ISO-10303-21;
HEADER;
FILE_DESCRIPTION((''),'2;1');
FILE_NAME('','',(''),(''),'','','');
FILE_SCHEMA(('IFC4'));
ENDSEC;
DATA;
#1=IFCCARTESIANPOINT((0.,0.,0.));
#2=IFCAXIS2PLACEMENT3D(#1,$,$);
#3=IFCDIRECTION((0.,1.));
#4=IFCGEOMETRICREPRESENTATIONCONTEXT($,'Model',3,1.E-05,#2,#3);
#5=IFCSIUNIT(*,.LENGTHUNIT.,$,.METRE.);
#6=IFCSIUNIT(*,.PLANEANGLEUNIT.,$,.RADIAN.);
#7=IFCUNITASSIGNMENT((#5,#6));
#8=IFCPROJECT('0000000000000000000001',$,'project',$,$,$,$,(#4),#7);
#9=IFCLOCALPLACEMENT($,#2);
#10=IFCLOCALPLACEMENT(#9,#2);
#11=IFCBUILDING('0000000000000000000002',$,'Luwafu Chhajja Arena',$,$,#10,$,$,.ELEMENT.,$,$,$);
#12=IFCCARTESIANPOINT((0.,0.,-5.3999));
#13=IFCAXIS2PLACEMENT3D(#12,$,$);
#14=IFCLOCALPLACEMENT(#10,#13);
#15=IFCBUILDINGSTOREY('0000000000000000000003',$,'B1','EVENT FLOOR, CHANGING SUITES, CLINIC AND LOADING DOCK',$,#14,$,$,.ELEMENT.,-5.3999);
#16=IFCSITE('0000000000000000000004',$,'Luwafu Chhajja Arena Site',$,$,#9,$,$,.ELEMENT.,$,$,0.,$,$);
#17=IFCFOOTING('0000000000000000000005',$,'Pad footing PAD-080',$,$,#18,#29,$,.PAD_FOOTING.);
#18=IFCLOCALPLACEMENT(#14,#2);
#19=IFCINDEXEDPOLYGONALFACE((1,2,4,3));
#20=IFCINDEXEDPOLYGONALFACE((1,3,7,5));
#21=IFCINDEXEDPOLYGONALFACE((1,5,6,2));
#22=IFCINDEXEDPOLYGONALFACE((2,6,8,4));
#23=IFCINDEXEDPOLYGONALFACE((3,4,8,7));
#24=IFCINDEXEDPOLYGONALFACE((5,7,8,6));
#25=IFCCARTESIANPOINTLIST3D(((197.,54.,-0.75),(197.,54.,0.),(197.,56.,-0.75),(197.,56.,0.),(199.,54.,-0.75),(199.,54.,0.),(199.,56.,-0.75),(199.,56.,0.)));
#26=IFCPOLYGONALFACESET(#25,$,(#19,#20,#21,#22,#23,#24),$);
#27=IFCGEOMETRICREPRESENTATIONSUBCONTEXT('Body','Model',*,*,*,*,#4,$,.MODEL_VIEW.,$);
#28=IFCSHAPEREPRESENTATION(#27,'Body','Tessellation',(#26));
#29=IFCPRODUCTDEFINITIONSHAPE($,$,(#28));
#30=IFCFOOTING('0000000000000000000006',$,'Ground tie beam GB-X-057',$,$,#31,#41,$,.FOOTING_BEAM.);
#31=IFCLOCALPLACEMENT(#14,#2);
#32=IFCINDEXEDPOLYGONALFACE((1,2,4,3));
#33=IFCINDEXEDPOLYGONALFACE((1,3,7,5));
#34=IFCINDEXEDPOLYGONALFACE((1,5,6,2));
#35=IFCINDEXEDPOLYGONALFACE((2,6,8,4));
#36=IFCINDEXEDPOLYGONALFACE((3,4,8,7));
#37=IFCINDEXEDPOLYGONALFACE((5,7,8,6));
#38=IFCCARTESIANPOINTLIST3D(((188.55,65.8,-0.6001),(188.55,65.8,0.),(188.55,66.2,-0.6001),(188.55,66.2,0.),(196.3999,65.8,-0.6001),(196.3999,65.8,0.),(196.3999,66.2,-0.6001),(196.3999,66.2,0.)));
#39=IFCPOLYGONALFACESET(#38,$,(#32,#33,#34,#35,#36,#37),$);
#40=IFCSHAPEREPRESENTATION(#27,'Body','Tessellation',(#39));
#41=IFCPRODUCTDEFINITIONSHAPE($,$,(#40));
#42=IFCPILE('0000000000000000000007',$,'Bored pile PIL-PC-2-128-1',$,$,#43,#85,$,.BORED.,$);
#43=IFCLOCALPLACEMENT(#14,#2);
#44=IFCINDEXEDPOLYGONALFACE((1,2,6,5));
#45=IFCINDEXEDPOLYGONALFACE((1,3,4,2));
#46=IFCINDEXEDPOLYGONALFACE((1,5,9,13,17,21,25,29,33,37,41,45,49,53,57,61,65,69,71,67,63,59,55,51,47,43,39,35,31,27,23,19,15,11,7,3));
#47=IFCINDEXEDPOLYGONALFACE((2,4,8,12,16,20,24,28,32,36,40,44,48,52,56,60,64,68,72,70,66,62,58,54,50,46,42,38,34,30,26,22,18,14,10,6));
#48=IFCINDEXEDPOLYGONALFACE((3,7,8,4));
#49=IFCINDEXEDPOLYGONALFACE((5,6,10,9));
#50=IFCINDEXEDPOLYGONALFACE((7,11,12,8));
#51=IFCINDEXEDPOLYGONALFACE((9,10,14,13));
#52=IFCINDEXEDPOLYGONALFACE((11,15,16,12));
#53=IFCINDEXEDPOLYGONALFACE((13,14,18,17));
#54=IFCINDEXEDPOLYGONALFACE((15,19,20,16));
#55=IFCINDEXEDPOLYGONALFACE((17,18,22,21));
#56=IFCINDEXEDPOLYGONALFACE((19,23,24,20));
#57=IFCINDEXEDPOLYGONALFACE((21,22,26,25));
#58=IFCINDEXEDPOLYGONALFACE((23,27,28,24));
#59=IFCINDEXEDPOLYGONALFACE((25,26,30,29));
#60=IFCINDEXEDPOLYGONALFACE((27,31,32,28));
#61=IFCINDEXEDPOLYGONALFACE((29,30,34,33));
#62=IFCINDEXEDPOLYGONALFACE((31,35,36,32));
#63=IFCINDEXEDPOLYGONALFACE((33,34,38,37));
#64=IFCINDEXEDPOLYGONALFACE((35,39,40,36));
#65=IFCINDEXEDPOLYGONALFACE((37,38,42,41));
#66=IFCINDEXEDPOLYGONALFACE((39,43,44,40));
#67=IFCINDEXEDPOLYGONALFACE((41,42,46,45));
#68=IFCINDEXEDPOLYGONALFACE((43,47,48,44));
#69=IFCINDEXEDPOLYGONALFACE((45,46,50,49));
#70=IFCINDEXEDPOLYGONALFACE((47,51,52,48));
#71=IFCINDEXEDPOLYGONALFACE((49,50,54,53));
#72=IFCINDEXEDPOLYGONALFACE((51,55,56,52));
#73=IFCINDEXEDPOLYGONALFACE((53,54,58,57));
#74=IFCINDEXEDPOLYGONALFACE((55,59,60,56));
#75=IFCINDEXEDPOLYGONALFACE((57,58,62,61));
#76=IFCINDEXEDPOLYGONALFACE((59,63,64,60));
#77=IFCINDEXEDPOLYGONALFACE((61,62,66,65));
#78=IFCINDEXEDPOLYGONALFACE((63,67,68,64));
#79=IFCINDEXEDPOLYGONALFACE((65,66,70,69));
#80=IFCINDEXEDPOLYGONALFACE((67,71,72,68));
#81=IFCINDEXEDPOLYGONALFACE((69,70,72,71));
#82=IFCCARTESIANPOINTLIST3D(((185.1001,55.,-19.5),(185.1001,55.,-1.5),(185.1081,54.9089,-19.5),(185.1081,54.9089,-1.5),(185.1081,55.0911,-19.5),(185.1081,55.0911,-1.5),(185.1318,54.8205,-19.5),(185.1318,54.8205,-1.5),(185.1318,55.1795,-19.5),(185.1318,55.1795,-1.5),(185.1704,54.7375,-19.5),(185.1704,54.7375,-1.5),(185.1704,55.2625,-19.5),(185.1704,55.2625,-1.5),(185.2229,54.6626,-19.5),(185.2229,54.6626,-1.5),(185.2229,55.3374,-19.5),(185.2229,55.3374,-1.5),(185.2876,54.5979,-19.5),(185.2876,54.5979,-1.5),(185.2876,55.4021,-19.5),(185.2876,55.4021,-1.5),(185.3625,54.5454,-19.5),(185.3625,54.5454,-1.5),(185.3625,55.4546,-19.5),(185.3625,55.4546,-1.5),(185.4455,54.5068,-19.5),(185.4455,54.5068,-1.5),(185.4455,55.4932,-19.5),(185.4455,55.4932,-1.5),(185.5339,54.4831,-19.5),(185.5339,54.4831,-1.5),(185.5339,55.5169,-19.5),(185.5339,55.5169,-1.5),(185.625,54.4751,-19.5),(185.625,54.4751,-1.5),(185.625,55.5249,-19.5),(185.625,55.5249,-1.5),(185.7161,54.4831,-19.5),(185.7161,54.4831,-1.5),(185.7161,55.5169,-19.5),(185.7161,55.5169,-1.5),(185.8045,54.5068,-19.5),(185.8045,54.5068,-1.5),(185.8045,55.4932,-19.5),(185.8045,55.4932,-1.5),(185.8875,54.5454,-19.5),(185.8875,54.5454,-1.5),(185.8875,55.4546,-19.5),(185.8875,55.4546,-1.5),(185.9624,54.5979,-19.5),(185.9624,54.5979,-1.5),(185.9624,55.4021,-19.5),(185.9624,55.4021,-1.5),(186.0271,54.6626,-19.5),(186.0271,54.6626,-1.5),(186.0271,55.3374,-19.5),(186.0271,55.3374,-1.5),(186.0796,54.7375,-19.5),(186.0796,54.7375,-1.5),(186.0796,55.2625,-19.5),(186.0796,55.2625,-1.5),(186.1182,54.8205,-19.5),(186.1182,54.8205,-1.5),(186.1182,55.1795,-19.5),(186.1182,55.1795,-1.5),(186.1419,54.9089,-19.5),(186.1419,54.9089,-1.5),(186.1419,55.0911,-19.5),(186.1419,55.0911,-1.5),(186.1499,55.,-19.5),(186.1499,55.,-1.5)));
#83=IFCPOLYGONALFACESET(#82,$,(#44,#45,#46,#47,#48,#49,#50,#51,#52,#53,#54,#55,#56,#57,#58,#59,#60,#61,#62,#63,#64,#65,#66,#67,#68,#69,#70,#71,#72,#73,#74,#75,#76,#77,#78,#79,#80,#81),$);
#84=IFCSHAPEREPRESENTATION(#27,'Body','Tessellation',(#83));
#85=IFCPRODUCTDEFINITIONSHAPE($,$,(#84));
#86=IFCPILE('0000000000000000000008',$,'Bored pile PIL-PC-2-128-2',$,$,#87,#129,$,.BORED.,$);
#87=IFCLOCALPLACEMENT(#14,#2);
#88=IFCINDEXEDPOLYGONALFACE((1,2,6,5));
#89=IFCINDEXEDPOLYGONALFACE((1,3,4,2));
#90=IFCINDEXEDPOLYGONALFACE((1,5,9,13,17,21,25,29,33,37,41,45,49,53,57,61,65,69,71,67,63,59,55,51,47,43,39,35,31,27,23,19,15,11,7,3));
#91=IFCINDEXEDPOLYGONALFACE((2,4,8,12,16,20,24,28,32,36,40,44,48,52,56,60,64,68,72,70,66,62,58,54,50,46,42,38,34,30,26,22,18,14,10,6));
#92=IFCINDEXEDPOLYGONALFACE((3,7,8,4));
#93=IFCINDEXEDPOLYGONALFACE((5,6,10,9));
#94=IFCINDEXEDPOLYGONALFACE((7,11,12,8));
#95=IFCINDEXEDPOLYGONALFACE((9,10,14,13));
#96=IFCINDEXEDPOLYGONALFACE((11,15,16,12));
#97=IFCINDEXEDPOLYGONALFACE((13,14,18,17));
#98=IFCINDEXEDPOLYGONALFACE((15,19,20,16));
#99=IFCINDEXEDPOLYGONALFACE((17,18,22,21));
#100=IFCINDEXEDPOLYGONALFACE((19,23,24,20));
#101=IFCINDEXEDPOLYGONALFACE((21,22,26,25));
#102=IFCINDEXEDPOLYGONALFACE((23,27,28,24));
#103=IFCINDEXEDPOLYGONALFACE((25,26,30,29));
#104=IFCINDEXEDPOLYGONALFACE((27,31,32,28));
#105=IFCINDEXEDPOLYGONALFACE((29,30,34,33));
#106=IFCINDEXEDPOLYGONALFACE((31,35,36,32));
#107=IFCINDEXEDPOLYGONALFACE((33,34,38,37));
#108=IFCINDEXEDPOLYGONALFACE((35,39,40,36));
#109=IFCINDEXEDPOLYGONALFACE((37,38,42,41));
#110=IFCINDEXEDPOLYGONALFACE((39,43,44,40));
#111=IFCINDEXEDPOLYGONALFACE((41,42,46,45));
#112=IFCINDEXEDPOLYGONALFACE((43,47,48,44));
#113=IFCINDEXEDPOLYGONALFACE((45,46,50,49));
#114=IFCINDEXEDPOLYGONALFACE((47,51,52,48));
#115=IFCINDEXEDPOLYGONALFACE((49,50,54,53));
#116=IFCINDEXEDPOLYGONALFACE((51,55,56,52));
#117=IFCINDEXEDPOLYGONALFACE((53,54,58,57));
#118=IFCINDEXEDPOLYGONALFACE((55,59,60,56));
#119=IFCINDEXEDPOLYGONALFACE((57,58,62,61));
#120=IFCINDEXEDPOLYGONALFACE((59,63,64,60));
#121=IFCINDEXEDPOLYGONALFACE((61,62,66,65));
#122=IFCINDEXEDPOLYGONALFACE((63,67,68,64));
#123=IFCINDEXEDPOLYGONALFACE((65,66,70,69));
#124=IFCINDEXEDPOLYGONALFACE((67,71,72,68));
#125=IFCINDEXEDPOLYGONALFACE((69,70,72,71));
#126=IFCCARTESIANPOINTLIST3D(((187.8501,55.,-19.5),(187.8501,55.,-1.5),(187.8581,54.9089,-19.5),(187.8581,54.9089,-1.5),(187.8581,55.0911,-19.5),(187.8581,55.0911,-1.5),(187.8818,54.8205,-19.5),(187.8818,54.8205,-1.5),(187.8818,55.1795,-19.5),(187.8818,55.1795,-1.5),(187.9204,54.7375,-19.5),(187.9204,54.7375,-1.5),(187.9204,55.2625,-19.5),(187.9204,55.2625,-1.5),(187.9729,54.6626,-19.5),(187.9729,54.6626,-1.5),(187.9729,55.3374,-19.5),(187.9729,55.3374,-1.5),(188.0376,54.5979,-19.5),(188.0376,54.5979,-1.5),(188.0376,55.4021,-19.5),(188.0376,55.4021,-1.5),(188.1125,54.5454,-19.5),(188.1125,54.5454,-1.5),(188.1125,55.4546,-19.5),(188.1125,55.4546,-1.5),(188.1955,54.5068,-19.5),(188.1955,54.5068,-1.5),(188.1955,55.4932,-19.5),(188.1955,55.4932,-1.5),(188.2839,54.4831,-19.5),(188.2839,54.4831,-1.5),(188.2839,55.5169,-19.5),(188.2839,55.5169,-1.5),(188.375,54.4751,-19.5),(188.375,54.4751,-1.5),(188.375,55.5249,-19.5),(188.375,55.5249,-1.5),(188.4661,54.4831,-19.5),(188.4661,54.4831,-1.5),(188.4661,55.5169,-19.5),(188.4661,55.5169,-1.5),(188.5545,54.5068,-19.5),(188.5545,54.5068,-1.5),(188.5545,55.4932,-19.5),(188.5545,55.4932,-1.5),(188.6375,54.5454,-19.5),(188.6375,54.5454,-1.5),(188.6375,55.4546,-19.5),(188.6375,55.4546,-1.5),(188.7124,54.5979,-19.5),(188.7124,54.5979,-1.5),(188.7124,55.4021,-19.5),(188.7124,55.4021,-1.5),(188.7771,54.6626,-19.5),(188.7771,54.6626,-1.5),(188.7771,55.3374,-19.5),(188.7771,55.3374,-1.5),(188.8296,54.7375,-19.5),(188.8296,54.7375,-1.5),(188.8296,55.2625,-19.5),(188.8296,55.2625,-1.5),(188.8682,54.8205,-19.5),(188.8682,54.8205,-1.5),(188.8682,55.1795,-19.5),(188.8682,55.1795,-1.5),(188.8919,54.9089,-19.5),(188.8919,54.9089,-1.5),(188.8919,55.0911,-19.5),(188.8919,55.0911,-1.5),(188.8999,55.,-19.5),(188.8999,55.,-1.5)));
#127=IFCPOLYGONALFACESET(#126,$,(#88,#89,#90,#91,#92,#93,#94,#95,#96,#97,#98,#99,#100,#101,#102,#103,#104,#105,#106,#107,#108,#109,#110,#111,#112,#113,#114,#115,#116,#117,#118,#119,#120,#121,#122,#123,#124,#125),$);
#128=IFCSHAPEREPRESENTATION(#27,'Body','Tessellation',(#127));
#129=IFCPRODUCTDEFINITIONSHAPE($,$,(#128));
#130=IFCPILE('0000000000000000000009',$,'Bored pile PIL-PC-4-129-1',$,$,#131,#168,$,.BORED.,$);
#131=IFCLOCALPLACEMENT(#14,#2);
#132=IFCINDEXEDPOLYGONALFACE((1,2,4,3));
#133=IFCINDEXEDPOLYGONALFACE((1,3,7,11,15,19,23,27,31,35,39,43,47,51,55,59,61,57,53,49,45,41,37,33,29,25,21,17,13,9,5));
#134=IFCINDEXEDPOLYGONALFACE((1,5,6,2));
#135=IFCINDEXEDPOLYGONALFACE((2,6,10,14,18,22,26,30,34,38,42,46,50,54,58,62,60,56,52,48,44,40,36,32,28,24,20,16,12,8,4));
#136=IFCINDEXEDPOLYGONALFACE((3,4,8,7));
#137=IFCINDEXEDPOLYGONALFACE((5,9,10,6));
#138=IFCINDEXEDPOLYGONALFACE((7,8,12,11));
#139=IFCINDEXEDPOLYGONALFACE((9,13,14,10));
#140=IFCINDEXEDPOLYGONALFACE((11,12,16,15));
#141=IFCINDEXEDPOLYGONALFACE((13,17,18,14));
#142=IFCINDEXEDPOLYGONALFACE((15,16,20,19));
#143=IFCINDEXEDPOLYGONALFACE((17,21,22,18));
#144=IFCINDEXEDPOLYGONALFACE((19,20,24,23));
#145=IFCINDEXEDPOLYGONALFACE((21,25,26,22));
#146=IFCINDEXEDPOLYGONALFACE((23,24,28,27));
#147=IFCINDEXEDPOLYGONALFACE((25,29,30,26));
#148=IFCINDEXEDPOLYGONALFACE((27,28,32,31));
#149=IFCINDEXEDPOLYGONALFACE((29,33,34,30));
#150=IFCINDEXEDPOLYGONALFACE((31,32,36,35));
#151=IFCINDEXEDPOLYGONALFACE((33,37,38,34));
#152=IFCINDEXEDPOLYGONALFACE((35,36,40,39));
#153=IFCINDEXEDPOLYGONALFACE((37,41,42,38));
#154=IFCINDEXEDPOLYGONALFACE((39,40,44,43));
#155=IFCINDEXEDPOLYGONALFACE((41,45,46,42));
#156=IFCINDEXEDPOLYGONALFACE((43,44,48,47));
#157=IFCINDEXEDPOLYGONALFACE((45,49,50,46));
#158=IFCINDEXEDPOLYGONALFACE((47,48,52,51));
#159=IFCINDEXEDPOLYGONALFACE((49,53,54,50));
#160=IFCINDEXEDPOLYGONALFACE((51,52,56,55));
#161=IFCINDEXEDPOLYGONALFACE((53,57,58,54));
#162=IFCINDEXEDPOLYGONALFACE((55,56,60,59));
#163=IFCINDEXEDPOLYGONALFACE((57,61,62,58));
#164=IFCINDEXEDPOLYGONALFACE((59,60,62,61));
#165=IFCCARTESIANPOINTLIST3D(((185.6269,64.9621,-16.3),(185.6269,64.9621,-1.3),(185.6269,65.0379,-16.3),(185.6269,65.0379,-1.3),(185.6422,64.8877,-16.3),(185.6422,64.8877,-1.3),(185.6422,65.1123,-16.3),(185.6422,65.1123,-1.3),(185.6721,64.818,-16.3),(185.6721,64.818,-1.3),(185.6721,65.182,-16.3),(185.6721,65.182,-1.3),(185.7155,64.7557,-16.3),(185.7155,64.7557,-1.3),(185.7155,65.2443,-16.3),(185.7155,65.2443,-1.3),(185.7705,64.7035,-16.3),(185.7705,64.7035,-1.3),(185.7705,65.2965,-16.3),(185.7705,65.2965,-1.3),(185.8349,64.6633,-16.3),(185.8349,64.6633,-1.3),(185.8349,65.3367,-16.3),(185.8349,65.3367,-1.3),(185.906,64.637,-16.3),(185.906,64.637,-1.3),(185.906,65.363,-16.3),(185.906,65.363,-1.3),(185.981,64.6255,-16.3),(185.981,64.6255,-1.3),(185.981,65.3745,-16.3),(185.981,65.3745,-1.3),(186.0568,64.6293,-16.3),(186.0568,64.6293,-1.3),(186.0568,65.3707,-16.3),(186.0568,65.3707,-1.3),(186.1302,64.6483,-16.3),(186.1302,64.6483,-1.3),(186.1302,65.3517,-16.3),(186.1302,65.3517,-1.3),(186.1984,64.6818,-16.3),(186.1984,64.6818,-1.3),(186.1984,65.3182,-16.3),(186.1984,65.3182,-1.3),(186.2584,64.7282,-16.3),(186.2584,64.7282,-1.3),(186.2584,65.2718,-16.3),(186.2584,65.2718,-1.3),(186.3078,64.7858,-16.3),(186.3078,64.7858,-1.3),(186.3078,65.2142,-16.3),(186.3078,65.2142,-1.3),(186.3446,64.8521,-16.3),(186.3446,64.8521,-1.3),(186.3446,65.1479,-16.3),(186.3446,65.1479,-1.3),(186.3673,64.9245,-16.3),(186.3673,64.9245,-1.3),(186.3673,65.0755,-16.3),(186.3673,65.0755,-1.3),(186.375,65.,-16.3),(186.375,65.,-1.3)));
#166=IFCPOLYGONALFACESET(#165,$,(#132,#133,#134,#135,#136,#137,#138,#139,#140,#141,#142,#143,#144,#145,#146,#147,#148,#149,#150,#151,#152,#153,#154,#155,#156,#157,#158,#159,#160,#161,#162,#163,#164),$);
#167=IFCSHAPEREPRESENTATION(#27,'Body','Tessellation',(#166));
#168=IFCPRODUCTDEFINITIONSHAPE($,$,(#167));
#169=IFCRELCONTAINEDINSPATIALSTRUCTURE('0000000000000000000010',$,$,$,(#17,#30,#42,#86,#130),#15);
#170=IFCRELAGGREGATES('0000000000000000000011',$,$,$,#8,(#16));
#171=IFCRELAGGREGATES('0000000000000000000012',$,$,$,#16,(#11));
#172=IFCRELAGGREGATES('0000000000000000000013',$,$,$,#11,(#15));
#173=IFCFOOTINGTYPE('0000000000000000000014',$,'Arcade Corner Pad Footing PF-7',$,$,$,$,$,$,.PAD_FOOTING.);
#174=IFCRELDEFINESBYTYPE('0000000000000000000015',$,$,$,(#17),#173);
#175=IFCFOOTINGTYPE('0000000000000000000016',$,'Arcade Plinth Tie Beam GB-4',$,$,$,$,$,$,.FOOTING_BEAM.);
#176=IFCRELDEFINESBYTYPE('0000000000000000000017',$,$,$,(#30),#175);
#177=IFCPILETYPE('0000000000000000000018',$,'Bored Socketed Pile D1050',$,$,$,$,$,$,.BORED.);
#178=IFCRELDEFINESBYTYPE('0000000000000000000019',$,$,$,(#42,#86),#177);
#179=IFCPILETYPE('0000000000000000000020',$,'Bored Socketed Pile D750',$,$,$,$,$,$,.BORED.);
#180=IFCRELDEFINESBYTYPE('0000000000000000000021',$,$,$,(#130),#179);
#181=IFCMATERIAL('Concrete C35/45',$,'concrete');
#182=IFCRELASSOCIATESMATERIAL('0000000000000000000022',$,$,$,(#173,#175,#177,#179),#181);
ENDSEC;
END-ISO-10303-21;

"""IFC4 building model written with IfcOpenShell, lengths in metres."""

from ifc_helpers import new_model, si_unit, direction, frame, origin, origin_2d, place, context, subcontext, project, spatial, rectangle, circle, extrude, material, material_profile, profile_set, type_object, element, save


model = new_model("IFC4")

# Units and contexts
model_context = context("Model", 3, precision=1e-05, world=origin(), true_north=direction((0.0, 1.0)))
body_context = subcontext(model_context, "Body", "Model", "MODEL_VIEW")
ifc_project = project(units=[si_unit("LENGTHUNIT", "METRE"), si_unit("PLANEANGLEUNIT", "RADIAN")], contexts=[model_context])

# Site, building, storey
site_placement = place(None, origin())
site = spatial("IfcSite", under=ifc_project, at=site_placement, Name="Luwafu Chhajja Arena Site", CompositionType="ELEMENT", RefElevation=0.0)
building_placement = place(site_placement, origin())
building = spatial("IfcBuilding", under=site, at=building_placement, Name="Luwafu Chhajja Arena", CompositionType="ELEMENT")
storey_placement = place(building_placement, frame((0.0, 0.0, -5.3999)))
storey = spatial("IfcBuildingStorey", under=building, at=storey_placement, Name="B1", Description="EVENT FLOOR, CHANGING SUITES, CLINIC AND LOADING DOCK", CompositionType="ELEMENT", Elevation=-5.3999)

# Footings
ifc_material_1 = material(Name="Concrete C35/45", Category="concrete")
footing_type_1 = type_object("IfcFootingType", Name="Arcade Corner Pad Footing PF-7", PredefinedType="PAD_FOOTING", material=ifc_material_1)
footing_1_placement = place(storey_placement, frame((198.0, 55.0, -0.75), z_axis=(0.0, 0.0, 1.0), x_axis=(1.0, 0.0, 0.0)))
element("IfcFooting", 1, at=footing_1_placement, inside=storey, type_object=footing_type_1, Name="Pad footing PAD-080", PredefinedType="PAD_FOOTING", context=body_context, shape_type="SweptSolid", body=[
    extrude(rectangle(XDim=2.0, YDim=2.0, at=origin_2d()), origin(), (0.0, 0.0, 1.0), 0.75),
])
ifc_material_profile_1 = material_profile(ifc_material_1, rectangle(XDim=0.3999, YDim=0.6001, at=origin_2d()), Name="RC 400x600")
ifc_profile_set_1 = profile_set([ifc_material_profile_1], Name="Concrete C35/45")
footing_type_2 = type_object("IfcFootingType", Name="Arcade Plinth Tie Beam GB-4", PredefinedType="FOOTING_BEAM", material=ifc_profile_set_1)
footing_2_placement = place(storey_placement, frame((188.55, 66.0, -0.3), z_axis=(1.0, 0.0, 0.0), x_axis=(0.0, 1.0, 0.0)))
element("IfcFooting", 2, at=footing_2_placement, inside=storey, type_object=footing_type_2, Name="Ground tie beam GB-X-057", PredefinedType="FOOTING_BEAM", context=body_context, shape_type="SweptSolid", body=[
    extrude(rectangle(XDim=0.3999, YDim=0.6001, at=origin_2d()), origin(), (0.0, 0.0, 1.0), 7.8499),
])

# Piles
ifc_material_profile_2 = material_profile(ifc_material_1, circle(Radius=0.5249, at=origin_2d()), Name="PILE D1050")
ifc_profile_set_2 = profile_set([ifc_material_profile_2], Name="Concrete C35/45")
pile_type_1 = type_object("IfcPileType", Name="Bored Socketed Pile D1050", PredefinedType="BORED", material=ifc_profile_set_2)
for number, where, z_axis, x_axis, name in (
    (3, (185.625, 55.0, -1.5), (0.0, 0.0, -1.0), (1.0, 0.0, 0.0), "Bored pile PIL-PC-2-128-1"),
    (4, (188.375, 55.0, -1.5), (0.0, 0.0, -1.0), (1.0, 0.0, 0.0), "Bored pile PIL-PC-2-128-2"),
):
    element("IfcPile", number, at=place(storey_placement, frame(where, z_axis=z_axis, x_axis=x_axis)), inside=storey, type_object=pile_type_1, Name=name, PredefinedType="BORED", context=body_context, shape_type="SweptSolid", body=[
        extrude(circle(Radius=0.5249, at=origin_2d()), origin(), (0.0, 0.0, 1.0), 18.0),
    ])
ifc_material_profile_3 = material_profile(ifc_material_1, circle(Radius=0.375, at=origin_2d()), Name="PILE D750")
ifc_profile_set_3 = profile_set([ifc_material_profile_3], Name="Concrete C35/45")
pile_type_2 = type_object("IfcPileType", Name="Bored Socketed Pile D750", PredefinedType="BORED", material=ifc_profile_set_3)
for number, where, z_axis, x_axis, name in (
    (5, (186.0, 65.0, -1.3), (0.0, 0.0, -1.0), (1.0, 0.0, 0.0), "Bored pile PIL-PC-4-129-1"),
):
    element("IfcPile", number, at=place(storey_placement, frame(where, z_axis=z_axis, x_axis=x_axis)), inside=storey, type_object=pile_type_2, Name=name, PredefinedType="BORED", context=body_context, shape_type="SweptSolid", body=[
        extrude(circle(Radius=0.375, at=origin_2d()), origin(), (0.0, 0.0, 1.0), 15.0),
    ])

save(model, "model.ifc")
